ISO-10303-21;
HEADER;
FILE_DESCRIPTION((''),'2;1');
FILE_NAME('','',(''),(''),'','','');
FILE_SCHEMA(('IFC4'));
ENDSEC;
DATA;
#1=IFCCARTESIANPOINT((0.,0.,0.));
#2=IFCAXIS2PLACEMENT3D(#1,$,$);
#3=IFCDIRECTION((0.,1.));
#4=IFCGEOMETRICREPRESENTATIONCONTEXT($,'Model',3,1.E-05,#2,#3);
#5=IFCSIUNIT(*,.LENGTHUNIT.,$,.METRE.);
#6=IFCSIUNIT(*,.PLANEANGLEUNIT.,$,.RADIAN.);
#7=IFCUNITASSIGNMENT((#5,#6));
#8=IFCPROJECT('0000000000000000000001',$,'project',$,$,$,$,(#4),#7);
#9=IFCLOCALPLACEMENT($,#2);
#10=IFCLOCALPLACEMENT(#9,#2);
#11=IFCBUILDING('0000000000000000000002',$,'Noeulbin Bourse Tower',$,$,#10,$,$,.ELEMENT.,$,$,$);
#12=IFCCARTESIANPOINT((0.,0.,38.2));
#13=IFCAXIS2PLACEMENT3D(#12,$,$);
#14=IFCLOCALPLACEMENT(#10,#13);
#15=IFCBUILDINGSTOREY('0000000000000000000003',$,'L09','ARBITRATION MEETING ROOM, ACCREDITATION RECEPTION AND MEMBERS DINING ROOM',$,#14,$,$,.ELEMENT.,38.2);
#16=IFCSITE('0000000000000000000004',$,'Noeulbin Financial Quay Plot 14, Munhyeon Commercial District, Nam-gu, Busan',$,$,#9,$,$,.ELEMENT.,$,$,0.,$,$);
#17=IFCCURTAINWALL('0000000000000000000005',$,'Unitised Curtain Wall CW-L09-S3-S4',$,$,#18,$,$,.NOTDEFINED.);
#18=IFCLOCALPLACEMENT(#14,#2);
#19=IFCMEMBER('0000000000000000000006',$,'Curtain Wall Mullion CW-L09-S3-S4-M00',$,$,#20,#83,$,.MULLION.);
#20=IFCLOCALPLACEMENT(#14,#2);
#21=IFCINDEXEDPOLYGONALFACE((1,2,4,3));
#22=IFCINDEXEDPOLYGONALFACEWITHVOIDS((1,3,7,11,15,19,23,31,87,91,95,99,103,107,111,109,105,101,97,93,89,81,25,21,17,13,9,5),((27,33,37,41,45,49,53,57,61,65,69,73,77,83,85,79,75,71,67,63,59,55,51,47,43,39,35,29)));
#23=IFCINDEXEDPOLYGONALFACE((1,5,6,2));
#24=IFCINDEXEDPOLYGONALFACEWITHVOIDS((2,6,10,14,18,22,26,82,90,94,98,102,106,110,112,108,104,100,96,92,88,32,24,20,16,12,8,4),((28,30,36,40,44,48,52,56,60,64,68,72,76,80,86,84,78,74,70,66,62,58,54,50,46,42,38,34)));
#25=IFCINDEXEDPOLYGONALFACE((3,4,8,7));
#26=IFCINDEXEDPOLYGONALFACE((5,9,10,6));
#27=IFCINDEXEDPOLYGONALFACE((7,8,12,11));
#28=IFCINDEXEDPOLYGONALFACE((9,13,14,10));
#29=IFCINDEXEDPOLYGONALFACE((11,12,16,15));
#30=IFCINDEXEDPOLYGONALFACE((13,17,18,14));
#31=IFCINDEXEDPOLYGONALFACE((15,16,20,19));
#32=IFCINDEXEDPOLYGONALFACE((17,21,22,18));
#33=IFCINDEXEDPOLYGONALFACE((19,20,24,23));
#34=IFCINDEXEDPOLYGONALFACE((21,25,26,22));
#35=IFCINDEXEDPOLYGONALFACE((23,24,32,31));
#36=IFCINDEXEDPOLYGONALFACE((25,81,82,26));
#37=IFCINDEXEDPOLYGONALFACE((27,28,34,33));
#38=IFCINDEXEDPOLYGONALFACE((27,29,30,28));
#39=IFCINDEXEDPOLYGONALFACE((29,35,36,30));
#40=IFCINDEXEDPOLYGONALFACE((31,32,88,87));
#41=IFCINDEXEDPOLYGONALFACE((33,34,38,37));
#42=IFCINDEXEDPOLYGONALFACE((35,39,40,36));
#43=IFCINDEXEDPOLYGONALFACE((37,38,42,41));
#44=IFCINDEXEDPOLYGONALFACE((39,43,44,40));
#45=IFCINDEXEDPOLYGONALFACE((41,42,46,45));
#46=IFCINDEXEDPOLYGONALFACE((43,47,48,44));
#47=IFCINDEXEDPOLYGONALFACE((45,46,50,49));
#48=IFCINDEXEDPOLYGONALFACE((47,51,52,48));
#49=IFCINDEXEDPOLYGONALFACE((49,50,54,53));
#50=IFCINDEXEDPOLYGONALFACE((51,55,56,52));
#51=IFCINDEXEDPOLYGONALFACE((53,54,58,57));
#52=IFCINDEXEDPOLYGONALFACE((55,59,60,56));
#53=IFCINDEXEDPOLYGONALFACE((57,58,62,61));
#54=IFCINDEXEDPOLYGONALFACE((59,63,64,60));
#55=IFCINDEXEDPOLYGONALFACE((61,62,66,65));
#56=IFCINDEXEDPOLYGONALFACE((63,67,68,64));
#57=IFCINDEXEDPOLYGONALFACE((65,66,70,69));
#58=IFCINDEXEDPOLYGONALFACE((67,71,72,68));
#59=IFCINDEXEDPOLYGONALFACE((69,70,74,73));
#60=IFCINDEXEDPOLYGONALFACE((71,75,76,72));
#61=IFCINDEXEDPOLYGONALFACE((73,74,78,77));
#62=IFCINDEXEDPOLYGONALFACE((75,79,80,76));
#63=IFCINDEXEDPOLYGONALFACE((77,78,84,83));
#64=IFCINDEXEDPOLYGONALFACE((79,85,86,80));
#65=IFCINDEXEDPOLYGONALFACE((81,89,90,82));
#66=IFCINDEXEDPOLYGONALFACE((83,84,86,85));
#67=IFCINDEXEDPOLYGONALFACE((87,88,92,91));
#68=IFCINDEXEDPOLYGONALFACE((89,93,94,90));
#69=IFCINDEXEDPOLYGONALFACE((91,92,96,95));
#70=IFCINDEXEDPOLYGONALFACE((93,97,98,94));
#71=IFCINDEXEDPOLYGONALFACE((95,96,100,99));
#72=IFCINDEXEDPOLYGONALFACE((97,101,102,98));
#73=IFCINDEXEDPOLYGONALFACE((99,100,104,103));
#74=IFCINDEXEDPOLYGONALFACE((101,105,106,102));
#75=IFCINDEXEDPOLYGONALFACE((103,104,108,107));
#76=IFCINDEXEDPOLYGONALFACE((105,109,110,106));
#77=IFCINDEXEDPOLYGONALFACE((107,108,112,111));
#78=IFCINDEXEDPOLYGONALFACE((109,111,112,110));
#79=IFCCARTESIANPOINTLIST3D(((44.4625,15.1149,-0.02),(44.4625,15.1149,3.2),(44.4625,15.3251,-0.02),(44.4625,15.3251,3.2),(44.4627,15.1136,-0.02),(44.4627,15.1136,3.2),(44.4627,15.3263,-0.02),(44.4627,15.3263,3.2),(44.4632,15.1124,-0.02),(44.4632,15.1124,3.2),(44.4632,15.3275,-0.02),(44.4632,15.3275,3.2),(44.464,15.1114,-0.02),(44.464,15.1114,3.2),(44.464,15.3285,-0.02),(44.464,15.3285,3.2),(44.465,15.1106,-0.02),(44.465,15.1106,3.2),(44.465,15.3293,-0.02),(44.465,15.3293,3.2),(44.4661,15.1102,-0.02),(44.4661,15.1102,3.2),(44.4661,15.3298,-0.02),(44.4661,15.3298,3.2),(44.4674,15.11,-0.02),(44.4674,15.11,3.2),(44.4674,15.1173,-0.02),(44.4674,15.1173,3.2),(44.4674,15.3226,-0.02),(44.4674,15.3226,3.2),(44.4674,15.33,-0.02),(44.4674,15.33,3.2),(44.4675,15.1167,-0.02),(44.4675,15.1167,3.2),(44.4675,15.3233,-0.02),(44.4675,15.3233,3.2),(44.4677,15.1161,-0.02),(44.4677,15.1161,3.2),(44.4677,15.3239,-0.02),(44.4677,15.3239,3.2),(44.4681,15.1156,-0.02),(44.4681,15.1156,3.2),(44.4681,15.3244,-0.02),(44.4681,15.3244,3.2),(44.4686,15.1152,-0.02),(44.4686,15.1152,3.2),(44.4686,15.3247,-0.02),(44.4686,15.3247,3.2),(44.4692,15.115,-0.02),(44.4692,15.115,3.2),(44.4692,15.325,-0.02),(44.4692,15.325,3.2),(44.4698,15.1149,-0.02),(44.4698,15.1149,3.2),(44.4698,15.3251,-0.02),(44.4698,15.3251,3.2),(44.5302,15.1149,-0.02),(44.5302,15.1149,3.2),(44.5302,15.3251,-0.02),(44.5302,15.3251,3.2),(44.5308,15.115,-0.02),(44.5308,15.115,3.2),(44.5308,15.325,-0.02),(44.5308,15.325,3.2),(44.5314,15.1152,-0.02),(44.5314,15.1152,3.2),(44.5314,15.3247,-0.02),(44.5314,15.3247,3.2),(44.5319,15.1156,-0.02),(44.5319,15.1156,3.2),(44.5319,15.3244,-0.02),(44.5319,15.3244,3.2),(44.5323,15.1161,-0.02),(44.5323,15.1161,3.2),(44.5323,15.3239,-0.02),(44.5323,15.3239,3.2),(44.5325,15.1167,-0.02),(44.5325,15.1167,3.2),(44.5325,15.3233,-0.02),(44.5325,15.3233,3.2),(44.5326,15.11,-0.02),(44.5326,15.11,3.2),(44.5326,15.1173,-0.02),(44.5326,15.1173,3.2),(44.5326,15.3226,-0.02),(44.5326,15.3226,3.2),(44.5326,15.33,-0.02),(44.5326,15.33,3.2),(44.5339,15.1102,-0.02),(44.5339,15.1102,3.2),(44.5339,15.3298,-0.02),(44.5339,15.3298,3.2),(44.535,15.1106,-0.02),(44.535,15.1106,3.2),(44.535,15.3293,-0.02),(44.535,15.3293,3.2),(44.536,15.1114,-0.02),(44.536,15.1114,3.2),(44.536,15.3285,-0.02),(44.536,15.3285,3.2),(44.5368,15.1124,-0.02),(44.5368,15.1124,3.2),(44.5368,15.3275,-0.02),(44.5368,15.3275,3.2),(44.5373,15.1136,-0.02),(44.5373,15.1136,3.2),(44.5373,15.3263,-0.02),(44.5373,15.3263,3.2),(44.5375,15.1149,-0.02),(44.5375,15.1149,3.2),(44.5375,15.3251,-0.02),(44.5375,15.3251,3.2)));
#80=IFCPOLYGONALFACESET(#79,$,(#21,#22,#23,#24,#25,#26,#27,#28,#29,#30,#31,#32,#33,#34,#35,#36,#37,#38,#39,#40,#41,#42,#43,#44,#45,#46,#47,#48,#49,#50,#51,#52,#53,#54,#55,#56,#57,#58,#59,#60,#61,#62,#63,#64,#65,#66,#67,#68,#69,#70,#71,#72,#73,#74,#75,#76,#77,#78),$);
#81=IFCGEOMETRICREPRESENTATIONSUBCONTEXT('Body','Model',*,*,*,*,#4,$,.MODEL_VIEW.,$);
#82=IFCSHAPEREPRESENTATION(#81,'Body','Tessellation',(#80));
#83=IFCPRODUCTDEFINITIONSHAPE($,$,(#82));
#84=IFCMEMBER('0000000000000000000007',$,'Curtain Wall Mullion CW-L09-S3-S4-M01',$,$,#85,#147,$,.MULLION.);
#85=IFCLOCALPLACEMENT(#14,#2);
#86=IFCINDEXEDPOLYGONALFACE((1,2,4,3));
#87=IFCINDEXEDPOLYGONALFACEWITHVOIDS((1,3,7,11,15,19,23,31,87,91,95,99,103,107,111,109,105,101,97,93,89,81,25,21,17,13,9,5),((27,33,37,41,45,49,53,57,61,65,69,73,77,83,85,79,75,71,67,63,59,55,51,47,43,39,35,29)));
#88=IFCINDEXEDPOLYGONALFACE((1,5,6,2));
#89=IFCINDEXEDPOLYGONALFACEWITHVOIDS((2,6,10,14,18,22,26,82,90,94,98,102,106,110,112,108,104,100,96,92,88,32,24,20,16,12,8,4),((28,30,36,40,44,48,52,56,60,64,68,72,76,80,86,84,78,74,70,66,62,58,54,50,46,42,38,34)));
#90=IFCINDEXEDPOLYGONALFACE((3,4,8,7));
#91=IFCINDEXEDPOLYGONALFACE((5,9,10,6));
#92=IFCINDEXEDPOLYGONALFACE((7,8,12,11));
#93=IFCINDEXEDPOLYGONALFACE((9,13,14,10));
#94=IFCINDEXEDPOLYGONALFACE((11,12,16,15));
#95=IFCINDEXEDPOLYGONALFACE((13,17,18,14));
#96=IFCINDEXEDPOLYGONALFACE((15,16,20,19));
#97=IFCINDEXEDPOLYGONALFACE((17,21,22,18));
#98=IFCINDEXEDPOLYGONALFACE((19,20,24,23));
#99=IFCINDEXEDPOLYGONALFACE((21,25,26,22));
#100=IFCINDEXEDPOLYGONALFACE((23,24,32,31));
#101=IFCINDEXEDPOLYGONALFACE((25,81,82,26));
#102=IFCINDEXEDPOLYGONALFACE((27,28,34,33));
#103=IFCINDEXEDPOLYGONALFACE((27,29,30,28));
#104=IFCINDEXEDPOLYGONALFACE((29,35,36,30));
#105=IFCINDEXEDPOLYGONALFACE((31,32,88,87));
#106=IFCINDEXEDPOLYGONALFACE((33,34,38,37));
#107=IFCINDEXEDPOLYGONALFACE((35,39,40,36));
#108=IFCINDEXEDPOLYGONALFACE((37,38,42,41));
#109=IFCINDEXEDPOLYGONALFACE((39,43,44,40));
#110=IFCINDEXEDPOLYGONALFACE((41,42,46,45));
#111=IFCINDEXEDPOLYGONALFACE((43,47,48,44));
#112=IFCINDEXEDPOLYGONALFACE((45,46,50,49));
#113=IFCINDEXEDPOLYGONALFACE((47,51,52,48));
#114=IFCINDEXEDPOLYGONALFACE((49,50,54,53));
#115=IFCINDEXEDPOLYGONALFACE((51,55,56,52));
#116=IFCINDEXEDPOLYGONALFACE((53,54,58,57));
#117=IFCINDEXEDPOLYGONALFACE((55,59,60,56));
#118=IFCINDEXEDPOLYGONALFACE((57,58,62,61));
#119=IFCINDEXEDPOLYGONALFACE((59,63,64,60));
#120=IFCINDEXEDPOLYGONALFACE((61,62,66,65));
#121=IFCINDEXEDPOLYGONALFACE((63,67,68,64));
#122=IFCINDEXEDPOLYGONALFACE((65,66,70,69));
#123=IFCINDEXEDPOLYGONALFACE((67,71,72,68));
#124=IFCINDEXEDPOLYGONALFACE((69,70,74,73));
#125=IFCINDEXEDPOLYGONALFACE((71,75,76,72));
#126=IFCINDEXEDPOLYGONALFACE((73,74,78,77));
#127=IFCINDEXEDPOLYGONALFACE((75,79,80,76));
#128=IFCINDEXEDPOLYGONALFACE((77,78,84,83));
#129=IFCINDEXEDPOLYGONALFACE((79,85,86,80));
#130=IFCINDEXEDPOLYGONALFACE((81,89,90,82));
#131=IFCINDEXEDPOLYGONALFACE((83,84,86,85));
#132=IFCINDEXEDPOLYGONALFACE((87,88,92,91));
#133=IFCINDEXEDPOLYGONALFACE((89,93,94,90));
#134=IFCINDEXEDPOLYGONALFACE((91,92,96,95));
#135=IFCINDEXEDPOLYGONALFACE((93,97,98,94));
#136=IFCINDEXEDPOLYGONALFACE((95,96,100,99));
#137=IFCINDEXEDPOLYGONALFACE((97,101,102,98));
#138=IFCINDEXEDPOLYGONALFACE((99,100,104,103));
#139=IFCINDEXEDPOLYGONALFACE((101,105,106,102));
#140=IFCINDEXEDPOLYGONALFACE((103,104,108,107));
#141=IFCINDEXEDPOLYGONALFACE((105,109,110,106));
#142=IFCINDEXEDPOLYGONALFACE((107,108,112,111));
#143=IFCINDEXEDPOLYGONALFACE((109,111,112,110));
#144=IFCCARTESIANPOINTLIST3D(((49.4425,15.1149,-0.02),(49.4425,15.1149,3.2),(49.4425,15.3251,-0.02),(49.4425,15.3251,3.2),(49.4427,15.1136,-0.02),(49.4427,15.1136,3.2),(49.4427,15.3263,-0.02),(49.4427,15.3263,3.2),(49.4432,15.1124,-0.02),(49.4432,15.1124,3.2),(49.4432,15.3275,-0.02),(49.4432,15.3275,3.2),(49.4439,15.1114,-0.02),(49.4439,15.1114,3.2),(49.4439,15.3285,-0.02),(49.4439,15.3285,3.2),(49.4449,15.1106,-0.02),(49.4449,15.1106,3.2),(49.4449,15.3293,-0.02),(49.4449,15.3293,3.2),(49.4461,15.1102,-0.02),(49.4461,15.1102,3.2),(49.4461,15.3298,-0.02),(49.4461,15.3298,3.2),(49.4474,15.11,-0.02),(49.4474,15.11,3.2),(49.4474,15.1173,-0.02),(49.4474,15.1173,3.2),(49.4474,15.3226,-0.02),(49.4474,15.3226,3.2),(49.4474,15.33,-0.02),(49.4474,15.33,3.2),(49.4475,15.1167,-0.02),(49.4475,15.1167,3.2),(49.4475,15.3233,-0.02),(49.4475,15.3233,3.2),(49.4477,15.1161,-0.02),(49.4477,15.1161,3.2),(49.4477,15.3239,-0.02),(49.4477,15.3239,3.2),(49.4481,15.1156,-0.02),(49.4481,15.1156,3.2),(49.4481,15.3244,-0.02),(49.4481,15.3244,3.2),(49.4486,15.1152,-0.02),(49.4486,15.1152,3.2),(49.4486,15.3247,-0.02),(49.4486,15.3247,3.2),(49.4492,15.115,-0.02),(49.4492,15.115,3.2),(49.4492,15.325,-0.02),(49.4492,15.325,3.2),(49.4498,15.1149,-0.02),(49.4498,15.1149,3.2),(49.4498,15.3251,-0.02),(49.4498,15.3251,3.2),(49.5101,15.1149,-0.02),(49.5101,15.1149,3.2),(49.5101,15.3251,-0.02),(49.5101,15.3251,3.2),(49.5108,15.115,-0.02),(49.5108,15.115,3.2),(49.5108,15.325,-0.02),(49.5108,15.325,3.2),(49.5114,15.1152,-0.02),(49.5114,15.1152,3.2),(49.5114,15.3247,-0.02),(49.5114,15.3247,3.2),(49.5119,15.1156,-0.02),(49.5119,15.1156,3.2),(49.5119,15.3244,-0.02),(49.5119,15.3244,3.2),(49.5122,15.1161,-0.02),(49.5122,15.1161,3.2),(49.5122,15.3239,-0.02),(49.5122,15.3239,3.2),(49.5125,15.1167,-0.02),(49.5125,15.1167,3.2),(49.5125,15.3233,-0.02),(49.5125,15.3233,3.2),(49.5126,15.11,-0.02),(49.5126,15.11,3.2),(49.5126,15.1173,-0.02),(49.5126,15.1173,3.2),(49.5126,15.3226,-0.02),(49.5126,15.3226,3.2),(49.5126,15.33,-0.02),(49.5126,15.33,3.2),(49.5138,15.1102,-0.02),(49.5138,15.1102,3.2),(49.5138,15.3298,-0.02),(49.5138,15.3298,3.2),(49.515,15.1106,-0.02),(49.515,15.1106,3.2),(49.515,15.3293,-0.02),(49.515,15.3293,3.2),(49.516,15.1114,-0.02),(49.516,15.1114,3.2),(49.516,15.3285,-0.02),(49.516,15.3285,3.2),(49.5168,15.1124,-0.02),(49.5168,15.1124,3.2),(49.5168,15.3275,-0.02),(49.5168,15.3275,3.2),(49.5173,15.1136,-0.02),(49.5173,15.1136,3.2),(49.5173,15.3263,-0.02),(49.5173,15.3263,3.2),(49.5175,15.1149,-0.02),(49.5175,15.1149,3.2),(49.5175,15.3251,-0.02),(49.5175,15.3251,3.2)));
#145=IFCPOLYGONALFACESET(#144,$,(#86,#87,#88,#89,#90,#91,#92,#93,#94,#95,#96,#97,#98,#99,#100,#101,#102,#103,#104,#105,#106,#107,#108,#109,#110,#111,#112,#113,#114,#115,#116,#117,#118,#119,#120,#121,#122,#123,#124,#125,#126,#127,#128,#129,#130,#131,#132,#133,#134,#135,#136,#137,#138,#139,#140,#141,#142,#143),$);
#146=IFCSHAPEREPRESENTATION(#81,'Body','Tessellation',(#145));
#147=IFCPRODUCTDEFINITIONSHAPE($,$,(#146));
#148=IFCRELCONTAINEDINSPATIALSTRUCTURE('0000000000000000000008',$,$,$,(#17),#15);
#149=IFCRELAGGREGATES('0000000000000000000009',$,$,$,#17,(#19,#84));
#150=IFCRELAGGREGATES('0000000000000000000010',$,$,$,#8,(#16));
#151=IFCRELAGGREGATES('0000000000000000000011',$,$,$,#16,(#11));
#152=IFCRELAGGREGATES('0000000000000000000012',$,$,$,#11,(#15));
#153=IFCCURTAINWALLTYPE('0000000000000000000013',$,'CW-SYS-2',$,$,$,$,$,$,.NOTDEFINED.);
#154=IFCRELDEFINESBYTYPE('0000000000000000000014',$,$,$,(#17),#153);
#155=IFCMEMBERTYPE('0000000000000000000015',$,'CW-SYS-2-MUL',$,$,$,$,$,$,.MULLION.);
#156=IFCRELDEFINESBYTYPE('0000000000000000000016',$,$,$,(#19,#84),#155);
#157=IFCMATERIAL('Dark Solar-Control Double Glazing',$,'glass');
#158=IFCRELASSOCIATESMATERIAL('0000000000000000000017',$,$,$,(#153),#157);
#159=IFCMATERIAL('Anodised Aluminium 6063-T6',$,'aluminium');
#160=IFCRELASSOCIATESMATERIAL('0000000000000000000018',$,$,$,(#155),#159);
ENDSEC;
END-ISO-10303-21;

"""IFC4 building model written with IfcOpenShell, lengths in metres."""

from ifc_helpers import new_model, si_unit, direction, frame, origin, origin_2d, place, context, subcontext, project, spatial, hollow_rectangle, extrude, material, material_profile, profile_set, type_object, element, aggregate, save


model = new_model("IFC4")

# Units and contexts
model_context = context("Model", 3, precision=1e-05, world=origin(), true_north=direction((0.0, 1.0)))
body_context = subcontext(model_context, "Body", "Model", "MODEL_VIEW")
ifc_project = project(units=[si_unit("LENGTHUNIT", "METRE"), si_unit("PLANEANGLEUNIT", "RADIAN")], contexts=[model_context])

# Site, building, storey
site_placement = place(None, origin())
site = spatial("IfcSite", under=ifc_project, at=site_placement, Name="Noeulbin Financial Quay Plot 14, Munhyeon Commercial District, Nam-gu, Busan", CompositionType="ELEMENT", RefElevation=0.0)
building_placement = place(site_placement, origin())
building = spatial("IfcBuilding", under=site, at=building_placement, Name="Noeulbin Bourse Tower", CompositionType="ELEMENT")
storey_placement = place(building_placement, frame((0.0, 0.0, 38.2)))
storey = spatial("IfcBuildingStorey", under=building, at=storey_placement, Name="L09", Description="ARBITRATION MEETING ROOM, ACCREDITATION RECEPTION AND MEMBERS DINING ROOM", CompositionType="ELEMENT", Elevation=38.2)

# Curtain wall, members
ifc_material_1 = material(Name="Dark Solar-Control Double Glazing", Category="glass")
curtain_wall_type = type_object("IfcCurtainWallType", Name="CW-SYS-2", PredefinedType="NOTDEFINED", material=ifc_material_1)
curtain_wall_1_placement = place(storey_placement, origin())
curtain_wall_1 = element("IfcCurtainWall", 1, at=curtain_wall_1_placement, inside=storey, type_object=curtain_wall_type, Name="Unitised Curtain Wall CW-L09-S3-S4", PredefinedType="NOTDEFINED")
ifc_material_2 = material(Name="Anodised Aluminium 6063-T6", Category="aluminium")
ifc_material_profile_1 = material_profile(ifc_material_2, hollow_rectangle(XDim=0.075, YDim=0.22, WallThickness=0.0049, InnerFilletRadius=0.0024, OuterFilletRadius=0.0049, at=origin_2d()), Name="ALU-MULL-75x220x5", Category="LoadBearing")
ifc_profile_set_1 = profile_set([ifc_material_profile_1], Name="Anodised Aluminium 6063-T6")
member_type_1 = type_object("IfcMemberType", Name="CW-SYS-2-MUL", PredefinedType="MULLION", material=ifc_profile_set_1)
member_1_placement = place(storey_placement, frame((44.5, 15.22, -0.02), z_axis=(0.0, 0.0, 1.0), x_axis=(1.0, 0.0, 0.0)))
member_1 = element("IfcMember", 2, at=member_1_placement, type_object=member_type_1, Name="Curtain Wall Mullion CW-L09-S3-S4-M00", PredefinedType="MULLION", context=body_context, shape_type="SweptSolid", body=[
    extrude(hollow_rectangle(XDim=0.075, YDim=0.22, WallThickness=0.0049, InnerFilletRadius=0.0024, OuterFilletRadius=0.0049, at=origin_2d()), origin(), (0.0, 0.0, 1.0), 3.22),
])
member_2_placement = place(storey_placement, frame((49.48, 15.22, -0.02), z_axis=(0.0, 0.0, 1.0), x_axis=(1.0, 0.0, 0.0)))
member_2 = element("IfcMember", 3, at=member_2_placement, type_object=member_type_1, Name="Curtain Wall Mullion CW-L09-S3-S4-M01", PredefinedType="MULLION", context=body_context, shape_type="SweptSolid", body=[
    extrude(hollow_rectangle(XDim=0.075, YDim=0.22, WallThickness=0.0049, InnerFilletRadius=0.0024, OuterFilletRadius=0.0049, at=origin_2d()), origin(), (0.0, 0.0, 1.0), 3.22),
])

aggregate(curtain_wall_1, [member_1, member_2])

save(model, "model.ifc")
